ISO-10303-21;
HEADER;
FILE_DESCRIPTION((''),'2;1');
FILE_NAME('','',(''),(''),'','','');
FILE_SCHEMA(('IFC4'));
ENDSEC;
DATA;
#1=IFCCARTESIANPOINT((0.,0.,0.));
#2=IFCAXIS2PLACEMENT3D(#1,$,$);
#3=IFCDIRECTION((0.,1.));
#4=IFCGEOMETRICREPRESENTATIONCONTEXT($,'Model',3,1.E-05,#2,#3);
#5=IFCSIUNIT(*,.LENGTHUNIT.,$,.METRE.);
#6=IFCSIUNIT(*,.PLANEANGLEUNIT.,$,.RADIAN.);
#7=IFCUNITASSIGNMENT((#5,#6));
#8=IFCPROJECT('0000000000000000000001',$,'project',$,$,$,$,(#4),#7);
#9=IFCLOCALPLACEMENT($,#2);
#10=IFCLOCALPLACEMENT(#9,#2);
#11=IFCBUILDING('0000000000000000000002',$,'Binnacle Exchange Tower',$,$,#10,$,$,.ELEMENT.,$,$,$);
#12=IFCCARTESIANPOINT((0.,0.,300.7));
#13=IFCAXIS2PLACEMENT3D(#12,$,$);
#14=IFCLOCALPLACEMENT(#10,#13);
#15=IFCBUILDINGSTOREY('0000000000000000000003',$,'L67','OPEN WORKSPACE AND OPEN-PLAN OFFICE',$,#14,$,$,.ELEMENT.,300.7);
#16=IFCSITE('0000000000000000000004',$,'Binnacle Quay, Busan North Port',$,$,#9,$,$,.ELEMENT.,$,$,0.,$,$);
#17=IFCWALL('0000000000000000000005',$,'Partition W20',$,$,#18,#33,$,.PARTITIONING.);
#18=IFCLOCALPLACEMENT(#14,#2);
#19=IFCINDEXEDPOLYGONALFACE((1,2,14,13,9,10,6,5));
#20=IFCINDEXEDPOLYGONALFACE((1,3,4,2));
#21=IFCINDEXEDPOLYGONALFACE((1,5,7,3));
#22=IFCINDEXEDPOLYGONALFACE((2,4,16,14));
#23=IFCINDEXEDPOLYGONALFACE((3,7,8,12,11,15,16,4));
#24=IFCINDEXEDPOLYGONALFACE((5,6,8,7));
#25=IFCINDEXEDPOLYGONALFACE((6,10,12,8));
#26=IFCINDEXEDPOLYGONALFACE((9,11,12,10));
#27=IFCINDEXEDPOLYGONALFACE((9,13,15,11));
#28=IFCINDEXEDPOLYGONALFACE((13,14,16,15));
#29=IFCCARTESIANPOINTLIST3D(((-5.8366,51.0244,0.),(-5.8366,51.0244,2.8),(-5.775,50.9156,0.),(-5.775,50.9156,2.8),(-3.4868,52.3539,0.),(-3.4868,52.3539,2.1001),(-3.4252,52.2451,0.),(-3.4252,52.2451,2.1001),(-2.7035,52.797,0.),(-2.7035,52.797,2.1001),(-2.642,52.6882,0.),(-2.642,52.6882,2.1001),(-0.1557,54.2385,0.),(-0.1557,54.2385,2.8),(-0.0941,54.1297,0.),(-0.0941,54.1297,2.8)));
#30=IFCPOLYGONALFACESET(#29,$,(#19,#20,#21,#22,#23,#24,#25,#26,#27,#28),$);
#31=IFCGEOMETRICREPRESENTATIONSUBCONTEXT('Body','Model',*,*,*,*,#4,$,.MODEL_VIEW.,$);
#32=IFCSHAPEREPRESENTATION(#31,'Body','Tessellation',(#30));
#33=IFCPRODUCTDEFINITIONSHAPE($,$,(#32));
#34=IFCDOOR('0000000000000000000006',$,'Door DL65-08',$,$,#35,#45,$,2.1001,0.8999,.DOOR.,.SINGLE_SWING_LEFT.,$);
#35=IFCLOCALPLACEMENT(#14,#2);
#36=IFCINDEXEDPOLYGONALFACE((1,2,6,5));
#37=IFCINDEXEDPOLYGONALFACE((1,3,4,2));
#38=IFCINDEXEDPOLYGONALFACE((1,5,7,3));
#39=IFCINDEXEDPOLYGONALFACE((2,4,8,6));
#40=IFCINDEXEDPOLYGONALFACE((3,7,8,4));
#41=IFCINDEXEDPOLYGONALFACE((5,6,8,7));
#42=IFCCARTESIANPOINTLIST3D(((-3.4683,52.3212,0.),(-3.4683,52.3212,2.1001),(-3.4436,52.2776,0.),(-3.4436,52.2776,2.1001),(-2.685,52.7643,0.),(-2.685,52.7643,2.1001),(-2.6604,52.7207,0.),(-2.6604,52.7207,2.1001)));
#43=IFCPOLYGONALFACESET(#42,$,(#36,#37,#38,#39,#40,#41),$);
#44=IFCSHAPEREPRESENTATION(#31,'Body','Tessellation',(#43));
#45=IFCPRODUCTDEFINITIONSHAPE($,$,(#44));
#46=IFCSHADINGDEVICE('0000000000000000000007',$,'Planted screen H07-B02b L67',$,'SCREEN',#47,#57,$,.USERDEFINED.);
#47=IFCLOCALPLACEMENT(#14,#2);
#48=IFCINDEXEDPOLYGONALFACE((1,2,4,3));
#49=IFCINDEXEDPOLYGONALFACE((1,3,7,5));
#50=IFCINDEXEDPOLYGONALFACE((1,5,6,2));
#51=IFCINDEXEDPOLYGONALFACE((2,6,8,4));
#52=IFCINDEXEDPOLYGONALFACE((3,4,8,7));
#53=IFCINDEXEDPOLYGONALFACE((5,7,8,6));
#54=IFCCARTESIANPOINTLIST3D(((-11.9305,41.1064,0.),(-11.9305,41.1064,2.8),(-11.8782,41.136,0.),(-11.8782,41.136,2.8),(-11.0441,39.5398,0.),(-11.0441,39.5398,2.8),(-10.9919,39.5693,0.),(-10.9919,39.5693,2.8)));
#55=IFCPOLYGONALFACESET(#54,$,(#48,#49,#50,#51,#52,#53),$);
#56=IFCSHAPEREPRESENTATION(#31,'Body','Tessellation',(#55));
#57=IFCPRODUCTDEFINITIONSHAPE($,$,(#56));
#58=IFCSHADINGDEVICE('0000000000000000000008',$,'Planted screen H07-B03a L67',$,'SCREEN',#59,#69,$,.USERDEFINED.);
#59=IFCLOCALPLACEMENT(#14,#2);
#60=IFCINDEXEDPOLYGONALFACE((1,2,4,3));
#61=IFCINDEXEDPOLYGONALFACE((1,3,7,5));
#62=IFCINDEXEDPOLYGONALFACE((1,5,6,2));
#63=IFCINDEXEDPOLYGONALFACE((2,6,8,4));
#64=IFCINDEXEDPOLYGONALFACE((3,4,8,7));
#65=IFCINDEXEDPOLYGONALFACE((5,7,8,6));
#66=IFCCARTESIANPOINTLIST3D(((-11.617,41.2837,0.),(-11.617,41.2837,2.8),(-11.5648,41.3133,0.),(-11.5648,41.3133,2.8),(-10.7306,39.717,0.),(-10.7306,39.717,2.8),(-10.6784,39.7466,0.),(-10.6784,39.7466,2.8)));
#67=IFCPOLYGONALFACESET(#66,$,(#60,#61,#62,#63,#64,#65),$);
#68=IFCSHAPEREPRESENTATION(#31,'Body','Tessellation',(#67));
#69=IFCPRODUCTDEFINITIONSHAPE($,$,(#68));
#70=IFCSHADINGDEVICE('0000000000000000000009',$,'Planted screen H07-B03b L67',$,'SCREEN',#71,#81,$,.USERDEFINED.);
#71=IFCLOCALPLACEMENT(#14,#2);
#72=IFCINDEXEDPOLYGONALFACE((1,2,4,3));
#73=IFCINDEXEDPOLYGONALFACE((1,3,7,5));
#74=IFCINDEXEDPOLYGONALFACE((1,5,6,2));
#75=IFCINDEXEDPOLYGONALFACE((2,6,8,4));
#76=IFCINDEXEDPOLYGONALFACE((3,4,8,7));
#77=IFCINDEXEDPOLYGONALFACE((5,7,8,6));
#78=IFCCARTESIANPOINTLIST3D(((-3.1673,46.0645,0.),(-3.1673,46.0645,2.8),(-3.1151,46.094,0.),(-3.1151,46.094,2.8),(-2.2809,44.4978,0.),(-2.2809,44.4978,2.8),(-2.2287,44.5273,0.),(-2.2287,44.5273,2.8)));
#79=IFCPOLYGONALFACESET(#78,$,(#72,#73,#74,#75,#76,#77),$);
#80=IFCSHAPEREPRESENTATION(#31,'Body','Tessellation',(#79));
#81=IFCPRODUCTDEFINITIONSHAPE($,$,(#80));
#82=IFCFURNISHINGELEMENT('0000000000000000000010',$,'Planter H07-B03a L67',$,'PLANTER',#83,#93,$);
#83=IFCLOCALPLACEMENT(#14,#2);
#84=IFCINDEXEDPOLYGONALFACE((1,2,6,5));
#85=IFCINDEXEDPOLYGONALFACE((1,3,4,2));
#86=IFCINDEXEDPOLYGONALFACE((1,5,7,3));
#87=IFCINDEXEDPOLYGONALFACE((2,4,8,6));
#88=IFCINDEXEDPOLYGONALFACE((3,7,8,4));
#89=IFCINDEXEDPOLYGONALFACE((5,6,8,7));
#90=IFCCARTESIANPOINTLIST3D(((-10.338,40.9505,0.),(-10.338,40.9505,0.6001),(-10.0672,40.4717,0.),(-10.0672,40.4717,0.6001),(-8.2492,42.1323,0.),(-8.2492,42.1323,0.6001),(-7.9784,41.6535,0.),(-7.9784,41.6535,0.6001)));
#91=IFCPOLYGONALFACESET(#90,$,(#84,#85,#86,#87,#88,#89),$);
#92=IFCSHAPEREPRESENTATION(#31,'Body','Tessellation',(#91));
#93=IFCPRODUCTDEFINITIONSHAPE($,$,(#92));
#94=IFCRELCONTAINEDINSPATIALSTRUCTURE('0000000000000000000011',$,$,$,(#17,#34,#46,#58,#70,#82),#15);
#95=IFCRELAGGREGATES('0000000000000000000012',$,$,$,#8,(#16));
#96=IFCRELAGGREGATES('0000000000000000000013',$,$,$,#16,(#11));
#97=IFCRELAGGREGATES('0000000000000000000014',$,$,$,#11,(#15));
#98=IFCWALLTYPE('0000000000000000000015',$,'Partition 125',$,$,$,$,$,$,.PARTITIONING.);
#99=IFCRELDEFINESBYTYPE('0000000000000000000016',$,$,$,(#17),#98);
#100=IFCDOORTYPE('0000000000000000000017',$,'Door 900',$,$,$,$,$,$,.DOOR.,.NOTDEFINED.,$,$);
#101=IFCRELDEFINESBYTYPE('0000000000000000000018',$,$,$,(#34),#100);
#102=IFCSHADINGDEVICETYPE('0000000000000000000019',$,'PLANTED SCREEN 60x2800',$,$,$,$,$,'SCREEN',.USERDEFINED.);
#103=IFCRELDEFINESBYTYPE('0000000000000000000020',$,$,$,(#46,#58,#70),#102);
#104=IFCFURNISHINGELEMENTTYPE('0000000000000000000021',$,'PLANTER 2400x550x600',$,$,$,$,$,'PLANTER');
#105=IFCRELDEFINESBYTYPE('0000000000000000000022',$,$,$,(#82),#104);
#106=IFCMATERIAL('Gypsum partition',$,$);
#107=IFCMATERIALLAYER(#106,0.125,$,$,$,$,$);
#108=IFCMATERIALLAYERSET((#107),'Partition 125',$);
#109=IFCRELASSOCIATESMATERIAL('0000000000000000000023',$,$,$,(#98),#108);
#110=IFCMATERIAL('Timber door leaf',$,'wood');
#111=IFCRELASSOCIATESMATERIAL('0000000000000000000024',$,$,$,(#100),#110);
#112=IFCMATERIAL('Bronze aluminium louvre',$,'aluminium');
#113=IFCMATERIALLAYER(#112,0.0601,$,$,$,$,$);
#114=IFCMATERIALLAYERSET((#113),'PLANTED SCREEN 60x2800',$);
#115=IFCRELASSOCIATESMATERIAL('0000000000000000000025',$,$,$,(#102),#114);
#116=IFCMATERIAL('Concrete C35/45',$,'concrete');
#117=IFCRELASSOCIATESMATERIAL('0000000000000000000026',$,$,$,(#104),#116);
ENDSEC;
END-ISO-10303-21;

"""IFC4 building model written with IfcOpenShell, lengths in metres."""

from ifc_helpers import new_model, si_unit, direction, frame, frame_2d, origin, origin_2d, place, context, subcontext, project, spatial, rectangle, extrude, material, layer, layer_set, type_object, element, fill, save


model = new_model("IFC4")

# Units and contexts
model_context = context("Model", 3, precision=1e-05, world=origin(), true_north=direction((0.0, 1.0)))
body_context = subcontext(model_context, "Body", "Model", "MODEL_VIEW")
ifc_project = project(units=[si_unit("LENGTHUNIT", "METRE"), si_unit("PLANEANGLEUNIT", "RADIAN")], contexts=[model_context])

# Site, building, storey
site_placement = place(None, origin())
site = spatial("IfcSite", under=ifc_project, at=site_placement, Name="Binnacle Quay, Busan North Port", CompositionType="ELEMENT", RefElevation=0.0)
building_placement = place(site_placement, origin())
building = spatial("IfcBuilding", under=site, at=building_placement, Name="Binnacle Exchange Tower", CompositionType="ELEMENT")
storey_placement = place(building_placement, frame((0.0, 0.0, 300.7)))
storey = spatial("IfcBuildingStorey", under=building, at=storey_placement, Name="L67", Description="OPEN WORKSPACE AND OPEN-PLAN OFFICE", CompositionType="ELEMENT", Elevation=300.7)

# Wall, opening, door
ifc_material_1 = material(Name="Gypsum partition")
ifc_layer_1 = layer(ifc_material_1, 0.125)
ifc_layer_set_1 = layer_set([ifc_layer_1], Name="Partition 125")
wall_type_1 = type_object("IfcWallType", Name="Partition 125", PredefinedType="PARTITIONING", material=ifc_layer_set_1)
wall_1_placement = place(storey_placement, frame((-5.8059, 50.97, 0.0), z_axis=(0.0, 0.0, 1.0), x_axis=(0.870355, 0.492425, 0.0)))
wall_1 = element("IfcWall", 1, at=wall_1_placement, inside=storey, type_object=wall_type_1, Name="Partition W20", PredefinedType="PARTITIONING", context=body_context, shape_type="SweptSolid", body=[
    extrude(rectangle(XDim=6.5271, YDim=0.125, at=frame_2d((3.2637, 0.0))), origin(), (0.0, 0.0, 1.0), 2.8),
])
opening_1_placement = place(wall_1_placement, frame((2.7, 0.0, 0.0)))
opening_1 = element("IfcOpeningElement", 2, at=opening_1_placement, cuts=wall_1, PredefinedType="OPENING", context=body_context, shape_type="SweptSolid", body=[
    extrude(rectangle(XDim=0.8999, YDim=2.1001, at=frame_2d((0.45, 1.05))), frame((0.0, 0.0725, 0.0), z_axis=(0.0, -1.0, 0.0), x_axis=(1.0, 0.0, 0.0)), (0.0, 0.0, 1.0), 0.145),
])
ifc_material_2 = material(Name="Timber door leaf", Category="wood")
door_type_1 = type_object("IfcDoorType", Name="Door 900", OperationType="NOTDEFINED", PredefinedType="DOOR", material=ifc_material_2)
door_1_placement = place(opening_1_placement, origin())
door_1 = element("IfcDoor", 3, at=door_1_placement, inside=storey, type_object=door_type_1, Name="Door DL65-08", OperationType="SINGLE_SWING_LEFT", OverallHeight=2.1001, OverallWidth=0.8999, PredefinedType="DOOR", context=body_context, shape_type="SweptSolid", body=[
    extrude(rectangle(XDim=0.8999, YDim=2.1001, at=frame_2d((0.45, 1.05))), frame((0.0, 0.0249, 0.0), z_axis=(0.0, -1.0, 0.0), x_axis=(1.0, 0.0, 0.0)), (0.0, 0.0, 1.0), 0.05),
])
fill(opening_1, door_1)

# Shading devices
ifc_material_3 = material(Name="Bronze aluminium louvre", Category="aluminium")
ifc_layer_2 = layer(ifc_material_3, 0.0601)
ifc_layer_set_2 = layer_set([ifc_layer_2], Name="PLANTED SCREEN 60x2800")
shading_device_type = type_object("IfcShadingDeviceType", Name="PLANTED SCREEN 60x2800", ElementType="SCREEN", PredefinedType="USERDEFINED", material=ifc_layer_set_2)
for number, where, z_axis, x_axis, name in (
    (4, (-11.4612, 40.3379, 0.0), (0.0, 0.0, 1.0), (0.870356, 0.492424, 0.0), "Planted screen H07-B02b L67"),
    (5, (-11.1477, 40.5151, 0.0), (0.0, 0.0, 1.0), (0.870356, 0.492424, 0.0), "Planted screen H07-B03a L67"),
    (6, (-2.698, 45.2959, 0.0), (0.0, 0.0, 1.0), (0.870356, 0.492424, 0.0), "Planted screen H07-B03b L67"),
):
    element("IfcShadingDevice", number, at=place(storey_placement, frame(where, z_axis=z_axis, x_axis=x_axis)), inside=storey, type_object=shading_device_type, Name=name, ObjectType="SCREEN", PredefinedType="USERDEFINED", context=body_context, shape_type="SweptSolid", body=[
        extrude(rectangle(XDim=0.0601, YDim=1.8, at=origin_2d()), origin(), (0.0, 0.0, 1.0), 2.8),
    ])

# Furnishing element
ifc_material_4 = material(Name="Concrete C35/45", Category="concrete")
furnishing_element_type = type_object("IfcFurnishingElementType", Name="PLANTER 2400x550x600", ElementType="PLANTER", material=ifc_material_4)
furnishing_placement = place(storey_placement, frame((-9.1582, 41.302, 0.0), z_axis=(0.0, 0.0, 1.0), x_axis=(0.870356, 0.492424, 0.0)))
element("IfcFurnishingElement", 7, at=furnishing_placement, inside=storey, type_object=furnishing_element_type, Name="Planter H07-B03a L67", ObjectType="PLANTER", context=body_context, shape_type="SweptSolid", body=[
    extrude(rectangle(XDim=2.3999, YDim=0.55, at=origin_2d()), origin(), (0.0, 0.0, 1.0), 0.6001),
])

save(model, "model.ifc")
